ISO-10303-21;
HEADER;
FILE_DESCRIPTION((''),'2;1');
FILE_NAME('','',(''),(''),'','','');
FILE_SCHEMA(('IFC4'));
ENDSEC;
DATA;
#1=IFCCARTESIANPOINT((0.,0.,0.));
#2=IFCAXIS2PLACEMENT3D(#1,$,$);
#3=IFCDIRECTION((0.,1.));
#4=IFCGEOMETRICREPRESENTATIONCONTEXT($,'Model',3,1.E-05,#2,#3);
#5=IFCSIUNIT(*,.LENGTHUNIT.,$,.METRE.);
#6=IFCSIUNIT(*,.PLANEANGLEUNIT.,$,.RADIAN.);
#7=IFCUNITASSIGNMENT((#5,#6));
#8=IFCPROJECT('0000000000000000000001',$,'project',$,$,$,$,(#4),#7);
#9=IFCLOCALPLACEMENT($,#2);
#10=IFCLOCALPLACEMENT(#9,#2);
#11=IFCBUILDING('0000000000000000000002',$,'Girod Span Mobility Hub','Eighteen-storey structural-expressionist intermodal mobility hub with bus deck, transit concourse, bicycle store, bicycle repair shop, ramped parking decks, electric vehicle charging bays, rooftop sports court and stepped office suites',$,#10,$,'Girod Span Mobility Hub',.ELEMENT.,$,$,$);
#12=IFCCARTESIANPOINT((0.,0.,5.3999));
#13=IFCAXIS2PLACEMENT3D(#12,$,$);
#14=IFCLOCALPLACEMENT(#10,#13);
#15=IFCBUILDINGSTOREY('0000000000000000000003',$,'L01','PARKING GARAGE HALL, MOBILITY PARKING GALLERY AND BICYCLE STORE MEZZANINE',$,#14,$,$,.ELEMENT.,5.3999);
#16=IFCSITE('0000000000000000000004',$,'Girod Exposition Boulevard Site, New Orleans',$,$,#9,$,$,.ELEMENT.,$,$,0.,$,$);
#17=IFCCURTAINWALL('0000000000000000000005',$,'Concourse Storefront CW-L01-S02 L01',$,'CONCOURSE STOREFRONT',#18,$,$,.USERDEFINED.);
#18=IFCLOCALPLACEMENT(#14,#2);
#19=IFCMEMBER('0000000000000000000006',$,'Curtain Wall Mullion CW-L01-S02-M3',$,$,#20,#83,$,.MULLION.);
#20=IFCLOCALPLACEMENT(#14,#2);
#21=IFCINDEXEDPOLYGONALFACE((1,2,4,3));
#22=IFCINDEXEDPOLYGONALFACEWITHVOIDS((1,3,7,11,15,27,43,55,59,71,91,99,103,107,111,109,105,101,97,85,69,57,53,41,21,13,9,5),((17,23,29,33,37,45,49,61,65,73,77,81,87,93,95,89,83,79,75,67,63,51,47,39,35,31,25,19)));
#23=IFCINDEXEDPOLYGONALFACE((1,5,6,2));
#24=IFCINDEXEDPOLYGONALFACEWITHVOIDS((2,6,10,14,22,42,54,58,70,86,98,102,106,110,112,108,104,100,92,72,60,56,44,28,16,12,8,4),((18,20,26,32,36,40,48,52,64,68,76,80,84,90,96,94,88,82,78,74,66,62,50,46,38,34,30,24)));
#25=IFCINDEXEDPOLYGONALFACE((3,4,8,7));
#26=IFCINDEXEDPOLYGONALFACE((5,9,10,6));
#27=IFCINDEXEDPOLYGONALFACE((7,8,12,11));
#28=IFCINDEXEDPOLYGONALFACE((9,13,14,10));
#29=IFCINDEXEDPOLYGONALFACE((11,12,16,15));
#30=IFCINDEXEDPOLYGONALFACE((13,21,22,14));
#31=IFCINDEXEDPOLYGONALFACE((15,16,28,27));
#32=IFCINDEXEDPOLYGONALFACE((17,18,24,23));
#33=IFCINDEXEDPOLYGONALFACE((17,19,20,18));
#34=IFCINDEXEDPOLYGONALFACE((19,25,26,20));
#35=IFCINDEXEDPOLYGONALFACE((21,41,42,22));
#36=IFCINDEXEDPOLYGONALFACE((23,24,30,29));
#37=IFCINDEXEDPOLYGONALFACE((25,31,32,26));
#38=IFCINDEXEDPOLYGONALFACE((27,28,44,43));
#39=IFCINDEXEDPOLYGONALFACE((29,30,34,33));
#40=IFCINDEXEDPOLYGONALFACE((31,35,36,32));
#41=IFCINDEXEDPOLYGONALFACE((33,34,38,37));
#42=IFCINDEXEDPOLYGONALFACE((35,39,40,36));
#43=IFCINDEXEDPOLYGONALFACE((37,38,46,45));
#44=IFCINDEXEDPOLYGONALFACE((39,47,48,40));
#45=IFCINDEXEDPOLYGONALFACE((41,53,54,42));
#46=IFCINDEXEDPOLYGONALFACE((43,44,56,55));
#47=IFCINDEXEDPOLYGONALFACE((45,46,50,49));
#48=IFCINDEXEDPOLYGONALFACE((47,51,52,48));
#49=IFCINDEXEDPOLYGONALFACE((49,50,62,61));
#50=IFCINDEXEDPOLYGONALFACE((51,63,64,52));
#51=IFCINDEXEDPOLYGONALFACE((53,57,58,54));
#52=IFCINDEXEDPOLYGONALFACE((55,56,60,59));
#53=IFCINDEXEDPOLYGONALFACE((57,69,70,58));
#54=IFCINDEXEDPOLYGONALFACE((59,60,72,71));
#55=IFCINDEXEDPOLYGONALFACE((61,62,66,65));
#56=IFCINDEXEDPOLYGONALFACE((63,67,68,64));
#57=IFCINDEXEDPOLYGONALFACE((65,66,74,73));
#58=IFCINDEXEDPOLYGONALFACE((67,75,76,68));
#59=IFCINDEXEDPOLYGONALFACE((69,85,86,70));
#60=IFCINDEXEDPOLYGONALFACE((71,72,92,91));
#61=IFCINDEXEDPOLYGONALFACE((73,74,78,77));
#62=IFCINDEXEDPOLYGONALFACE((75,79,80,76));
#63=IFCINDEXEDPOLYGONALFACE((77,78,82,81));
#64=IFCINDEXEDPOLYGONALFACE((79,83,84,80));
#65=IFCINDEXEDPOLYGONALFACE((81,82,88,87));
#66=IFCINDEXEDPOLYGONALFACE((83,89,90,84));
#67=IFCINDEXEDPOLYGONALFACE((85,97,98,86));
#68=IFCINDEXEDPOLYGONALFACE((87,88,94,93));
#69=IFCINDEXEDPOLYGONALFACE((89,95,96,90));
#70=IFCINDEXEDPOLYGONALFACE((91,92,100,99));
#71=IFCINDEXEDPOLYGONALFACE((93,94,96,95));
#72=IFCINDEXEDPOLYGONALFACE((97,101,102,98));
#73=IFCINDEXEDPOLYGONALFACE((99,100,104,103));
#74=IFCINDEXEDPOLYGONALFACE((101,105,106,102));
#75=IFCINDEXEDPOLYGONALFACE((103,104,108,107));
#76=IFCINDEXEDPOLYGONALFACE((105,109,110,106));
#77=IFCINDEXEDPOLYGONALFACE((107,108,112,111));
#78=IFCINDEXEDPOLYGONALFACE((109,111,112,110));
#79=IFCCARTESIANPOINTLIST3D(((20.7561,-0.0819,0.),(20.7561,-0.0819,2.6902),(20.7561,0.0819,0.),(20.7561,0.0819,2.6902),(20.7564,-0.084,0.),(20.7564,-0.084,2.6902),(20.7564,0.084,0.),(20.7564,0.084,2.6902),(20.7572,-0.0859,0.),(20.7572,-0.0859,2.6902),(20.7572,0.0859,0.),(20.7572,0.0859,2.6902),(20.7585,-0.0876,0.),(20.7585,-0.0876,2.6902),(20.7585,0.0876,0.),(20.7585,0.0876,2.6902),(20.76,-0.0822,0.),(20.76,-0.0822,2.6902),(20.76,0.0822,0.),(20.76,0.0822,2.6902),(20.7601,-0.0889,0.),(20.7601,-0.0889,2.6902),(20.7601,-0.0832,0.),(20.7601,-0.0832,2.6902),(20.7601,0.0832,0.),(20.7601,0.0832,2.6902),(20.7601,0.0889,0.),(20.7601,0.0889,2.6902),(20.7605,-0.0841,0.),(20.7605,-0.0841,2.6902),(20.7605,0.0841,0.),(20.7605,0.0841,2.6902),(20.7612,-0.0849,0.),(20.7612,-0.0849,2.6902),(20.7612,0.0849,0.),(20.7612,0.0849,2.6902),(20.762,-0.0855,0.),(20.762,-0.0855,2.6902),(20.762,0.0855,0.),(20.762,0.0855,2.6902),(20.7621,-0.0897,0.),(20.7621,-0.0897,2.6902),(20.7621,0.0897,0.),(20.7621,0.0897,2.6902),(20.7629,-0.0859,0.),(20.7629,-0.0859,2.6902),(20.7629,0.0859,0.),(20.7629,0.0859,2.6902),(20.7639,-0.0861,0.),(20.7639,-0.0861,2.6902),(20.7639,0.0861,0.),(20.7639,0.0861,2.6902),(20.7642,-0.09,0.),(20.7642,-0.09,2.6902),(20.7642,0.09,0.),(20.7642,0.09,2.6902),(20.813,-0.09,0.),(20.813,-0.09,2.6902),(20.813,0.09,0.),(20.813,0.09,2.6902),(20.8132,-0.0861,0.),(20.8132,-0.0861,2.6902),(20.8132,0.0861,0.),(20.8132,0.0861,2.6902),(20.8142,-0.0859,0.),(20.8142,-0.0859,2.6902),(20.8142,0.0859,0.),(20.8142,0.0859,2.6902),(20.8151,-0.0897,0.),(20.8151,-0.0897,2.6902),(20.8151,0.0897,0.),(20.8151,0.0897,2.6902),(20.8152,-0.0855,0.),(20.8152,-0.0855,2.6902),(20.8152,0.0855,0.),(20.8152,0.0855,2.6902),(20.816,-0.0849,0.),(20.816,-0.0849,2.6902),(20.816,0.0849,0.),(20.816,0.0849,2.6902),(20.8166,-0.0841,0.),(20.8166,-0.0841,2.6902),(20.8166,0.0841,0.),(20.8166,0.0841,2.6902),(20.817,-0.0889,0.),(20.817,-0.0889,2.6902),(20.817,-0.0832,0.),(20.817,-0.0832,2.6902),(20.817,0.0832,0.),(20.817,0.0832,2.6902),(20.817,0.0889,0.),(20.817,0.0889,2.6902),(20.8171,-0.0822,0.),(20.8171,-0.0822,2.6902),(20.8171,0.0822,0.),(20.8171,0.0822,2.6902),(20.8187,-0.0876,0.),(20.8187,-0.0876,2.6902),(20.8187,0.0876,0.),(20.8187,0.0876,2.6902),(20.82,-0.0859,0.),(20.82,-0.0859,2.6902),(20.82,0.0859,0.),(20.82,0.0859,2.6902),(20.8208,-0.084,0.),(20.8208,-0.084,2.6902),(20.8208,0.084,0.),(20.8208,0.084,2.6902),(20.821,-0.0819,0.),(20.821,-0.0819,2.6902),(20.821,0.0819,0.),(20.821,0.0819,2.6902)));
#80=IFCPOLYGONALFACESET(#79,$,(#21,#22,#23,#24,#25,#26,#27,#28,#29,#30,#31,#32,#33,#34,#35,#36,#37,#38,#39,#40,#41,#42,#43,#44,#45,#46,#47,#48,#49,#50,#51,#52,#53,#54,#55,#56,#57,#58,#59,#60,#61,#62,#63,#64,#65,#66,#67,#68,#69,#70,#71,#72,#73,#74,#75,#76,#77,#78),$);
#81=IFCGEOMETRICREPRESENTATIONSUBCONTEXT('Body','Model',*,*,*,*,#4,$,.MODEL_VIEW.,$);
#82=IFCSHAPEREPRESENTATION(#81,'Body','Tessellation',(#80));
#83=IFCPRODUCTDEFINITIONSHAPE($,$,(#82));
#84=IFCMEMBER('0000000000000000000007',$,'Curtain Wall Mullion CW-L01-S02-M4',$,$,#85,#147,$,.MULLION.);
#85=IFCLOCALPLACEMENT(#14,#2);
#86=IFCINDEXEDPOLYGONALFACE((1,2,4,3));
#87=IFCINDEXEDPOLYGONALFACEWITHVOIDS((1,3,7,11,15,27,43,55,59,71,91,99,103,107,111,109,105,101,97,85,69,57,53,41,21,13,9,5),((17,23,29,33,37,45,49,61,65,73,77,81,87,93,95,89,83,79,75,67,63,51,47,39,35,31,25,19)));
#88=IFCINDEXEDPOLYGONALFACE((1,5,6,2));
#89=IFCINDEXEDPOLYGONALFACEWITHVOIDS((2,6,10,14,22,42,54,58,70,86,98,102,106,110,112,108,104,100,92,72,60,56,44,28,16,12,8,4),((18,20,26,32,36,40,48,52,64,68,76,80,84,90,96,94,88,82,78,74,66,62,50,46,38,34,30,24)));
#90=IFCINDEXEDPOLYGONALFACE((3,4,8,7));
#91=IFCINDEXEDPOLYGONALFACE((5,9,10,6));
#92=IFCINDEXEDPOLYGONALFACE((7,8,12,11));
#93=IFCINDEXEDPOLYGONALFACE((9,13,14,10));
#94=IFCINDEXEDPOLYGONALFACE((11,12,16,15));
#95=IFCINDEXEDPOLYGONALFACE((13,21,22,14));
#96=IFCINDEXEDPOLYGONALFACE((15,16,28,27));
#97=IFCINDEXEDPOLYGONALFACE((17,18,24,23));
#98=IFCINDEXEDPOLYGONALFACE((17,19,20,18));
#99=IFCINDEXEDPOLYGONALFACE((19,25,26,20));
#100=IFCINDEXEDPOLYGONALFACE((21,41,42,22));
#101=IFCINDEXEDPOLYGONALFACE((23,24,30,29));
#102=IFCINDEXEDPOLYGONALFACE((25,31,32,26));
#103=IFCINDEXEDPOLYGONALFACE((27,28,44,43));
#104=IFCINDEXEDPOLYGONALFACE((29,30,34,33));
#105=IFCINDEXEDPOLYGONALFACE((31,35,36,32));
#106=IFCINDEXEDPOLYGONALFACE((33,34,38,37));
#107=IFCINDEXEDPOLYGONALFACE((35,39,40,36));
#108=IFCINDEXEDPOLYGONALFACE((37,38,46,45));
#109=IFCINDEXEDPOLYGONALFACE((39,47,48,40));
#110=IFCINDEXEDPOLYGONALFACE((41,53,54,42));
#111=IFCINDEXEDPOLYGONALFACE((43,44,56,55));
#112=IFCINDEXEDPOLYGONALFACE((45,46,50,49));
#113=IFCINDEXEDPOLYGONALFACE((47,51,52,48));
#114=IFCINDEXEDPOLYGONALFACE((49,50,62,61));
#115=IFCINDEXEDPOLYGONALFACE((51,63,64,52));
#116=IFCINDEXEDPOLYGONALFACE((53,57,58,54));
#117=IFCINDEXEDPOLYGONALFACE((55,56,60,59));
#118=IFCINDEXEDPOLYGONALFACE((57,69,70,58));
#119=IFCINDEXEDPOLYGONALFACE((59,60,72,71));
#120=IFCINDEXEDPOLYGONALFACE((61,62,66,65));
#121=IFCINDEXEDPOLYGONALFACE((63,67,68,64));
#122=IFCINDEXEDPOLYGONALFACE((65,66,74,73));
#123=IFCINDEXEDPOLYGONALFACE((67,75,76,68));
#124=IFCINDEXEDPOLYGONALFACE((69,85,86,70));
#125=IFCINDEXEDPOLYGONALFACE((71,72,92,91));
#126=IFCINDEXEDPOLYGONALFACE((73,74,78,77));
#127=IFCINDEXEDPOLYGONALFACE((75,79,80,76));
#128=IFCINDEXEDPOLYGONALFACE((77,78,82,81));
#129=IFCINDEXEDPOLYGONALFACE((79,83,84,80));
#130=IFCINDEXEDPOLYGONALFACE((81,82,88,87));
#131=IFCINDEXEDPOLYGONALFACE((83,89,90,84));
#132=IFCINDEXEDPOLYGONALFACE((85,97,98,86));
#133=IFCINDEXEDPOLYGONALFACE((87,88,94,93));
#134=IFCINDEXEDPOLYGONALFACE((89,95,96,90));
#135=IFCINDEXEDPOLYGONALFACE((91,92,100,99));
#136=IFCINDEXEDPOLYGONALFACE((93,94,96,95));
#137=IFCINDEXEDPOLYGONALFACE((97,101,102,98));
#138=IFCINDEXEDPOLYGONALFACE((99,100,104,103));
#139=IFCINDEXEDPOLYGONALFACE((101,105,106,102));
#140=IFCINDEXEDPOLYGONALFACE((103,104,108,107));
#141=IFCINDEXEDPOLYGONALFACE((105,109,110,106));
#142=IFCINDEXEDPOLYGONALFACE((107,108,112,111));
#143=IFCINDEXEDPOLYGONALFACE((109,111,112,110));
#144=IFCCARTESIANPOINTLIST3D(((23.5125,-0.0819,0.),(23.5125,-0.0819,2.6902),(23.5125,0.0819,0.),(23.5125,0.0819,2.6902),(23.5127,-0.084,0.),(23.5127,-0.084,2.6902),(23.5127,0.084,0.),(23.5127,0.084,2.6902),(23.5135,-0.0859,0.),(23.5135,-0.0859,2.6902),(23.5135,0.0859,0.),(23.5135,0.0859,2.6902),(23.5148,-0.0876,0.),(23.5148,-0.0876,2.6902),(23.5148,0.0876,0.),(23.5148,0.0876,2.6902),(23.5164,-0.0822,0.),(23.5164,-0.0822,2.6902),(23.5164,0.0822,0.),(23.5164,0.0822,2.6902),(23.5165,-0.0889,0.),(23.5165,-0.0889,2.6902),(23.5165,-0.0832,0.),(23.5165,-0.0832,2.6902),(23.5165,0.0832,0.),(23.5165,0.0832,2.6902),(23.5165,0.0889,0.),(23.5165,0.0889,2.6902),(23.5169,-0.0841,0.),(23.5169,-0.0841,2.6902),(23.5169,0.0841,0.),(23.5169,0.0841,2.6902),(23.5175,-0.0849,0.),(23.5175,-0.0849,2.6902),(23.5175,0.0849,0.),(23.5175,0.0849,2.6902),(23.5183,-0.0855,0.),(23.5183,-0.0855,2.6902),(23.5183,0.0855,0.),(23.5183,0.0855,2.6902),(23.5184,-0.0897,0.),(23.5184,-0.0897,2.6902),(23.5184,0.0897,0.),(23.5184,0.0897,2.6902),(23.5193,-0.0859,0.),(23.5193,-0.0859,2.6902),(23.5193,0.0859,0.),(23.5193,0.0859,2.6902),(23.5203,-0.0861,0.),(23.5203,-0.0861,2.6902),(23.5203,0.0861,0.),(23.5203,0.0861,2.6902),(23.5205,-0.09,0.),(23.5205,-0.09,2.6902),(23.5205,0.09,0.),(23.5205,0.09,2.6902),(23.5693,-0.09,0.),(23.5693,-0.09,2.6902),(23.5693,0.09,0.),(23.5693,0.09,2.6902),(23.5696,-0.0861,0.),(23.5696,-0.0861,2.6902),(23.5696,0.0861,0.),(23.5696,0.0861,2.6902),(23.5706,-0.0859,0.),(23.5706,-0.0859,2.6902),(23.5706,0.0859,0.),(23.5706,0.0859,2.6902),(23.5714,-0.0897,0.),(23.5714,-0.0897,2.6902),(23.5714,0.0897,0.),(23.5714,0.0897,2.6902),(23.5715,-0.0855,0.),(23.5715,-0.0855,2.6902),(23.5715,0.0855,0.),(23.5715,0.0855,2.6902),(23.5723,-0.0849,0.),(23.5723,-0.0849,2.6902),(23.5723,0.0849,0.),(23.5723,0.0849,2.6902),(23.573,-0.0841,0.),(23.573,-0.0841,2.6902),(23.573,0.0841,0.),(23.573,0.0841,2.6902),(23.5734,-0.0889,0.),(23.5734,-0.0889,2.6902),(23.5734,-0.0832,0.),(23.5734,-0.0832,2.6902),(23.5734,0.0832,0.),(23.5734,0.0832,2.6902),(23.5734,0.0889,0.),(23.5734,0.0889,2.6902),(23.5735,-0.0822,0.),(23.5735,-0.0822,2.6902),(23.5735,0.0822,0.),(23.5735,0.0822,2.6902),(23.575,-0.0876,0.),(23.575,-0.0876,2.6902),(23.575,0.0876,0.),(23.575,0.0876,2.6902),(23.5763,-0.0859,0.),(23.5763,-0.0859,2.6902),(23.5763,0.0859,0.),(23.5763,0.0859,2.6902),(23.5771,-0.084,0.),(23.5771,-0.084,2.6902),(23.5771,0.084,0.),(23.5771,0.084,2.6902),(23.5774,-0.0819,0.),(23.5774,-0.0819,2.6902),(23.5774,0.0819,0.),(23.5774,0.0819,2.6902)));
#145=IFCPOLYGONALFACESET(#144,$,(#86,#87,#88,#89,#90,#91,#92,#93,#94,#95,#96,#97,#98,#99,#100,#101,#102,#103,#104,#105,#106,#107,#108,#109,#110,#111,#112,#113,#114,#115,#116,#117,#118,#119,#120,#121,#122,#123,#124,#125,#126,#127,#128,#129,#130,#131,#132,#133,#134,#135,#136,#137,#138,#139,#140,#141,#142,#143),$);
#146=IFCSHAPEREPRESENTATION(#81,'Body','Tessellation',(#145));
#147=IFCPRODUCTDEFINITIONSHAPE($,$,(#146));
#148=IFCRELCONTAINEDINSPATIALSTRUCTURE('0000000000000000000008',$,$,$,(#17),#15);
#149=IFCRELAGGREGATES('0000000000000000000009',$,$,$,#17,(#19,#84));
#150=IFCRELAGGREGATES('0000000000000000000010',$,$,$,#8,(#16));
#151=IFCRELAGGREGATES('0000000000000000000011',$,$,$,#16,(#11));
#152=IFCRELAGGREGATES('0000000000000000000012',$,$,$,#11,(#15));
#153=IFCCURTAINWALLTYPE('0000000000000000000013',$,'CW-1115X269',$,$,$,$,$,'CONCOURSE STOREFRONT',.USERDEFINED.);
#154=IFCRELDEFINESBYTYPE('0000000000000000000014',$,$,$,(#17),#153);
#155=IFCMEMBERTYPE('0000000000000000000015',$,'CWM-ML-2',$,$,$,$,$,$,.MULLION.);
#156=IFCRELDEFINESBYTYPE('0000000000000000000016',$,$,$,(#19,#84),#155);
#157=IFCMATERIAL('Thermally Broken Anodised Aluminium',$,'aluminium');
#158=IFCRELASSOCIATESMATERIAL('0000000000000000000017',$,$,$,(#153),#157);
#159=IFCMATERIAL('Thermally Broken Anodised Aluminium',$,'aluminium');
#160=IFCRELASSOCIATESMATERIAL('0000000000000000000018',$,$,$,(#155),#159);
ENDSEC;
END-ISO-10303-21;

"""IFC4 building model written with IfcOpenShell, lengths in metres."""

from ifc_helpers import new_model, si_unit, direction, frame, origin, origin_2d, place, context, subcontext, project, spatial, hollow_rectangle, extrude, material, material_profile, profile_set, type_object, element, aggregate, save


model = new_model("IFC4")

# Units and contexts
model_context = context("Model", 3, precision=1e-05, world=origin(), true_north=direction((0.0, 1.0)))
body_context = subcontext(model_context, "Body", "Model", "MODEL_VIEW")
ifc_project = project(units=[si_unit("LENGTHUNIT", "METRE"), si_unit("PLANEANGLEUNIT", "RADIAN")], contexts=[model_context])

# Site, building, storey
site_placement = place(None, origin())
site = spatial("IfcSite", under=ifc_project, at=site_placement, Name="Girod Exposition Boulevard Site, New Orleans", CompositionType="ELEMENT", RefElevation=0.0)
building_placement = place(site_placement, origin())
building = spatial("IfcBuilding", under=site, at=building_placement, Name="Girod Span Mobility Hub", Description="Eighteen-storey structural-expressionist intermodal mobility hub with bus deck, transit concourse, bicycle store, bicycle repair shop, ramped parking decks, electric vehicle charging bays, rooftop sports court and stepped office suites", LongName="Girod Span Mobility Hub", CompositionType="ELEMENT")
storey_placement = place(building_placement, frame((0.0, 0.0, 5.3999)))
storey = spatial("IfcBuildingStorey", under=building, at=storey_placement, Name="L01", Description="PARKING GARAGE HALL, MOBILITY PARKING GALLERY AND BICYCLE STORE MEZZANINE", CompositionType="ELEMENT", Elevation=5.3999)

# Curtain wall, members
ifc_material_1 = material(Name="Thermally Broken Anodised Aluminium", Category="aluminium")
curtain_wall_type = type_object("IfcCurtainWallType", Name="CW-1115X269", ElementType="CONCOURSE STOREFRONT", PredefinedType="USERDEFINED", material=ifc_material_1)
curtain_wall_placement = place(storey_placement, origin())
curtain_wall = element("IfcCurtainWall", 1, at=curtain_wall_placement, inside=storey, type_object=curtain_wall_type, Name="Concourse Storefront CW-L01-S02 L01", ObjectType="CONCOURSE STOREFRONT", PredefinedType="USERDEFINED")
ifc_material_2 = material(Name="Thermally Broken Anodised Aluminium", Category="aluminium")
ifc_material_profile_1 = material_profile(ifc_material_2, hollow_rectangle(XDim=0.1799, YDim=0.0649, WallThickness=0.0039, InnerFilletRadius=0.0039, OuterFilletRadius=0.0081, at=origin_2d()), Name="CW-ML-65X180")
ifc_profile_set_1 = profile_set([ifc_material_profile_1], Name="Thermally Broken Anodised Aluminium")
member_type_1 = type_object("IfcMemberType", Name="CWM-ML-2", PredefinedType="MULLION", material=ifc_profile_set_1)
member_1_placement = place(storey_placement, frame((20.7886, 0.0, 0.0), z_axis=(0.0, 0.0, 1.0), x_axis=(0.0, 1.0, 0.0)))
member_1 = element("IfcMember", 2, at=member_1_placement, type_object=member_type_1, Name="Curtain Wall Mullion CW-L01-S02-M3", PredefinedType="MULLION", context=body_context, shape_type="SweptSolid", body=[
    extrude(hollow_rectangle(XDim=0.1799, YDim=0.0649, WallThickness=0.0039, InnerFilletRadius=0.0039, OuterFilletRadius=0.0081, at=origin_2d()), origin(), (0.0, 0.0, 1.0), 2.6902),
])
member_2_placement = place(storey_placement, frame((23.5449, 0.0, 0.0), z_axis=(0.0, 0.0, 1.0), x_axis=(0.0, 1.0, 0.0)))
member_2 = element("IfcMember", 3, at=member_2_placement, type_object=member_type_1, Name="Curtain Wall Mullion CW-L01-S02-M4", PredefinedType="MULLION", context=body_context, shape_type="SweptSolid", body=[
    extrude(hollow_rectangle(XDim=0.1799, YDim=0.0649, WallThickness=0.0039, InnerFilletRadius=0.0039, OuterFilletRadius=0.0081, at=origin_2d()), origin(), (0.0, 0.0, 1.0), 2.6902),
])
aggregate(curtain_wall, [member_1, member_2])

save(model, "model.ifc")
